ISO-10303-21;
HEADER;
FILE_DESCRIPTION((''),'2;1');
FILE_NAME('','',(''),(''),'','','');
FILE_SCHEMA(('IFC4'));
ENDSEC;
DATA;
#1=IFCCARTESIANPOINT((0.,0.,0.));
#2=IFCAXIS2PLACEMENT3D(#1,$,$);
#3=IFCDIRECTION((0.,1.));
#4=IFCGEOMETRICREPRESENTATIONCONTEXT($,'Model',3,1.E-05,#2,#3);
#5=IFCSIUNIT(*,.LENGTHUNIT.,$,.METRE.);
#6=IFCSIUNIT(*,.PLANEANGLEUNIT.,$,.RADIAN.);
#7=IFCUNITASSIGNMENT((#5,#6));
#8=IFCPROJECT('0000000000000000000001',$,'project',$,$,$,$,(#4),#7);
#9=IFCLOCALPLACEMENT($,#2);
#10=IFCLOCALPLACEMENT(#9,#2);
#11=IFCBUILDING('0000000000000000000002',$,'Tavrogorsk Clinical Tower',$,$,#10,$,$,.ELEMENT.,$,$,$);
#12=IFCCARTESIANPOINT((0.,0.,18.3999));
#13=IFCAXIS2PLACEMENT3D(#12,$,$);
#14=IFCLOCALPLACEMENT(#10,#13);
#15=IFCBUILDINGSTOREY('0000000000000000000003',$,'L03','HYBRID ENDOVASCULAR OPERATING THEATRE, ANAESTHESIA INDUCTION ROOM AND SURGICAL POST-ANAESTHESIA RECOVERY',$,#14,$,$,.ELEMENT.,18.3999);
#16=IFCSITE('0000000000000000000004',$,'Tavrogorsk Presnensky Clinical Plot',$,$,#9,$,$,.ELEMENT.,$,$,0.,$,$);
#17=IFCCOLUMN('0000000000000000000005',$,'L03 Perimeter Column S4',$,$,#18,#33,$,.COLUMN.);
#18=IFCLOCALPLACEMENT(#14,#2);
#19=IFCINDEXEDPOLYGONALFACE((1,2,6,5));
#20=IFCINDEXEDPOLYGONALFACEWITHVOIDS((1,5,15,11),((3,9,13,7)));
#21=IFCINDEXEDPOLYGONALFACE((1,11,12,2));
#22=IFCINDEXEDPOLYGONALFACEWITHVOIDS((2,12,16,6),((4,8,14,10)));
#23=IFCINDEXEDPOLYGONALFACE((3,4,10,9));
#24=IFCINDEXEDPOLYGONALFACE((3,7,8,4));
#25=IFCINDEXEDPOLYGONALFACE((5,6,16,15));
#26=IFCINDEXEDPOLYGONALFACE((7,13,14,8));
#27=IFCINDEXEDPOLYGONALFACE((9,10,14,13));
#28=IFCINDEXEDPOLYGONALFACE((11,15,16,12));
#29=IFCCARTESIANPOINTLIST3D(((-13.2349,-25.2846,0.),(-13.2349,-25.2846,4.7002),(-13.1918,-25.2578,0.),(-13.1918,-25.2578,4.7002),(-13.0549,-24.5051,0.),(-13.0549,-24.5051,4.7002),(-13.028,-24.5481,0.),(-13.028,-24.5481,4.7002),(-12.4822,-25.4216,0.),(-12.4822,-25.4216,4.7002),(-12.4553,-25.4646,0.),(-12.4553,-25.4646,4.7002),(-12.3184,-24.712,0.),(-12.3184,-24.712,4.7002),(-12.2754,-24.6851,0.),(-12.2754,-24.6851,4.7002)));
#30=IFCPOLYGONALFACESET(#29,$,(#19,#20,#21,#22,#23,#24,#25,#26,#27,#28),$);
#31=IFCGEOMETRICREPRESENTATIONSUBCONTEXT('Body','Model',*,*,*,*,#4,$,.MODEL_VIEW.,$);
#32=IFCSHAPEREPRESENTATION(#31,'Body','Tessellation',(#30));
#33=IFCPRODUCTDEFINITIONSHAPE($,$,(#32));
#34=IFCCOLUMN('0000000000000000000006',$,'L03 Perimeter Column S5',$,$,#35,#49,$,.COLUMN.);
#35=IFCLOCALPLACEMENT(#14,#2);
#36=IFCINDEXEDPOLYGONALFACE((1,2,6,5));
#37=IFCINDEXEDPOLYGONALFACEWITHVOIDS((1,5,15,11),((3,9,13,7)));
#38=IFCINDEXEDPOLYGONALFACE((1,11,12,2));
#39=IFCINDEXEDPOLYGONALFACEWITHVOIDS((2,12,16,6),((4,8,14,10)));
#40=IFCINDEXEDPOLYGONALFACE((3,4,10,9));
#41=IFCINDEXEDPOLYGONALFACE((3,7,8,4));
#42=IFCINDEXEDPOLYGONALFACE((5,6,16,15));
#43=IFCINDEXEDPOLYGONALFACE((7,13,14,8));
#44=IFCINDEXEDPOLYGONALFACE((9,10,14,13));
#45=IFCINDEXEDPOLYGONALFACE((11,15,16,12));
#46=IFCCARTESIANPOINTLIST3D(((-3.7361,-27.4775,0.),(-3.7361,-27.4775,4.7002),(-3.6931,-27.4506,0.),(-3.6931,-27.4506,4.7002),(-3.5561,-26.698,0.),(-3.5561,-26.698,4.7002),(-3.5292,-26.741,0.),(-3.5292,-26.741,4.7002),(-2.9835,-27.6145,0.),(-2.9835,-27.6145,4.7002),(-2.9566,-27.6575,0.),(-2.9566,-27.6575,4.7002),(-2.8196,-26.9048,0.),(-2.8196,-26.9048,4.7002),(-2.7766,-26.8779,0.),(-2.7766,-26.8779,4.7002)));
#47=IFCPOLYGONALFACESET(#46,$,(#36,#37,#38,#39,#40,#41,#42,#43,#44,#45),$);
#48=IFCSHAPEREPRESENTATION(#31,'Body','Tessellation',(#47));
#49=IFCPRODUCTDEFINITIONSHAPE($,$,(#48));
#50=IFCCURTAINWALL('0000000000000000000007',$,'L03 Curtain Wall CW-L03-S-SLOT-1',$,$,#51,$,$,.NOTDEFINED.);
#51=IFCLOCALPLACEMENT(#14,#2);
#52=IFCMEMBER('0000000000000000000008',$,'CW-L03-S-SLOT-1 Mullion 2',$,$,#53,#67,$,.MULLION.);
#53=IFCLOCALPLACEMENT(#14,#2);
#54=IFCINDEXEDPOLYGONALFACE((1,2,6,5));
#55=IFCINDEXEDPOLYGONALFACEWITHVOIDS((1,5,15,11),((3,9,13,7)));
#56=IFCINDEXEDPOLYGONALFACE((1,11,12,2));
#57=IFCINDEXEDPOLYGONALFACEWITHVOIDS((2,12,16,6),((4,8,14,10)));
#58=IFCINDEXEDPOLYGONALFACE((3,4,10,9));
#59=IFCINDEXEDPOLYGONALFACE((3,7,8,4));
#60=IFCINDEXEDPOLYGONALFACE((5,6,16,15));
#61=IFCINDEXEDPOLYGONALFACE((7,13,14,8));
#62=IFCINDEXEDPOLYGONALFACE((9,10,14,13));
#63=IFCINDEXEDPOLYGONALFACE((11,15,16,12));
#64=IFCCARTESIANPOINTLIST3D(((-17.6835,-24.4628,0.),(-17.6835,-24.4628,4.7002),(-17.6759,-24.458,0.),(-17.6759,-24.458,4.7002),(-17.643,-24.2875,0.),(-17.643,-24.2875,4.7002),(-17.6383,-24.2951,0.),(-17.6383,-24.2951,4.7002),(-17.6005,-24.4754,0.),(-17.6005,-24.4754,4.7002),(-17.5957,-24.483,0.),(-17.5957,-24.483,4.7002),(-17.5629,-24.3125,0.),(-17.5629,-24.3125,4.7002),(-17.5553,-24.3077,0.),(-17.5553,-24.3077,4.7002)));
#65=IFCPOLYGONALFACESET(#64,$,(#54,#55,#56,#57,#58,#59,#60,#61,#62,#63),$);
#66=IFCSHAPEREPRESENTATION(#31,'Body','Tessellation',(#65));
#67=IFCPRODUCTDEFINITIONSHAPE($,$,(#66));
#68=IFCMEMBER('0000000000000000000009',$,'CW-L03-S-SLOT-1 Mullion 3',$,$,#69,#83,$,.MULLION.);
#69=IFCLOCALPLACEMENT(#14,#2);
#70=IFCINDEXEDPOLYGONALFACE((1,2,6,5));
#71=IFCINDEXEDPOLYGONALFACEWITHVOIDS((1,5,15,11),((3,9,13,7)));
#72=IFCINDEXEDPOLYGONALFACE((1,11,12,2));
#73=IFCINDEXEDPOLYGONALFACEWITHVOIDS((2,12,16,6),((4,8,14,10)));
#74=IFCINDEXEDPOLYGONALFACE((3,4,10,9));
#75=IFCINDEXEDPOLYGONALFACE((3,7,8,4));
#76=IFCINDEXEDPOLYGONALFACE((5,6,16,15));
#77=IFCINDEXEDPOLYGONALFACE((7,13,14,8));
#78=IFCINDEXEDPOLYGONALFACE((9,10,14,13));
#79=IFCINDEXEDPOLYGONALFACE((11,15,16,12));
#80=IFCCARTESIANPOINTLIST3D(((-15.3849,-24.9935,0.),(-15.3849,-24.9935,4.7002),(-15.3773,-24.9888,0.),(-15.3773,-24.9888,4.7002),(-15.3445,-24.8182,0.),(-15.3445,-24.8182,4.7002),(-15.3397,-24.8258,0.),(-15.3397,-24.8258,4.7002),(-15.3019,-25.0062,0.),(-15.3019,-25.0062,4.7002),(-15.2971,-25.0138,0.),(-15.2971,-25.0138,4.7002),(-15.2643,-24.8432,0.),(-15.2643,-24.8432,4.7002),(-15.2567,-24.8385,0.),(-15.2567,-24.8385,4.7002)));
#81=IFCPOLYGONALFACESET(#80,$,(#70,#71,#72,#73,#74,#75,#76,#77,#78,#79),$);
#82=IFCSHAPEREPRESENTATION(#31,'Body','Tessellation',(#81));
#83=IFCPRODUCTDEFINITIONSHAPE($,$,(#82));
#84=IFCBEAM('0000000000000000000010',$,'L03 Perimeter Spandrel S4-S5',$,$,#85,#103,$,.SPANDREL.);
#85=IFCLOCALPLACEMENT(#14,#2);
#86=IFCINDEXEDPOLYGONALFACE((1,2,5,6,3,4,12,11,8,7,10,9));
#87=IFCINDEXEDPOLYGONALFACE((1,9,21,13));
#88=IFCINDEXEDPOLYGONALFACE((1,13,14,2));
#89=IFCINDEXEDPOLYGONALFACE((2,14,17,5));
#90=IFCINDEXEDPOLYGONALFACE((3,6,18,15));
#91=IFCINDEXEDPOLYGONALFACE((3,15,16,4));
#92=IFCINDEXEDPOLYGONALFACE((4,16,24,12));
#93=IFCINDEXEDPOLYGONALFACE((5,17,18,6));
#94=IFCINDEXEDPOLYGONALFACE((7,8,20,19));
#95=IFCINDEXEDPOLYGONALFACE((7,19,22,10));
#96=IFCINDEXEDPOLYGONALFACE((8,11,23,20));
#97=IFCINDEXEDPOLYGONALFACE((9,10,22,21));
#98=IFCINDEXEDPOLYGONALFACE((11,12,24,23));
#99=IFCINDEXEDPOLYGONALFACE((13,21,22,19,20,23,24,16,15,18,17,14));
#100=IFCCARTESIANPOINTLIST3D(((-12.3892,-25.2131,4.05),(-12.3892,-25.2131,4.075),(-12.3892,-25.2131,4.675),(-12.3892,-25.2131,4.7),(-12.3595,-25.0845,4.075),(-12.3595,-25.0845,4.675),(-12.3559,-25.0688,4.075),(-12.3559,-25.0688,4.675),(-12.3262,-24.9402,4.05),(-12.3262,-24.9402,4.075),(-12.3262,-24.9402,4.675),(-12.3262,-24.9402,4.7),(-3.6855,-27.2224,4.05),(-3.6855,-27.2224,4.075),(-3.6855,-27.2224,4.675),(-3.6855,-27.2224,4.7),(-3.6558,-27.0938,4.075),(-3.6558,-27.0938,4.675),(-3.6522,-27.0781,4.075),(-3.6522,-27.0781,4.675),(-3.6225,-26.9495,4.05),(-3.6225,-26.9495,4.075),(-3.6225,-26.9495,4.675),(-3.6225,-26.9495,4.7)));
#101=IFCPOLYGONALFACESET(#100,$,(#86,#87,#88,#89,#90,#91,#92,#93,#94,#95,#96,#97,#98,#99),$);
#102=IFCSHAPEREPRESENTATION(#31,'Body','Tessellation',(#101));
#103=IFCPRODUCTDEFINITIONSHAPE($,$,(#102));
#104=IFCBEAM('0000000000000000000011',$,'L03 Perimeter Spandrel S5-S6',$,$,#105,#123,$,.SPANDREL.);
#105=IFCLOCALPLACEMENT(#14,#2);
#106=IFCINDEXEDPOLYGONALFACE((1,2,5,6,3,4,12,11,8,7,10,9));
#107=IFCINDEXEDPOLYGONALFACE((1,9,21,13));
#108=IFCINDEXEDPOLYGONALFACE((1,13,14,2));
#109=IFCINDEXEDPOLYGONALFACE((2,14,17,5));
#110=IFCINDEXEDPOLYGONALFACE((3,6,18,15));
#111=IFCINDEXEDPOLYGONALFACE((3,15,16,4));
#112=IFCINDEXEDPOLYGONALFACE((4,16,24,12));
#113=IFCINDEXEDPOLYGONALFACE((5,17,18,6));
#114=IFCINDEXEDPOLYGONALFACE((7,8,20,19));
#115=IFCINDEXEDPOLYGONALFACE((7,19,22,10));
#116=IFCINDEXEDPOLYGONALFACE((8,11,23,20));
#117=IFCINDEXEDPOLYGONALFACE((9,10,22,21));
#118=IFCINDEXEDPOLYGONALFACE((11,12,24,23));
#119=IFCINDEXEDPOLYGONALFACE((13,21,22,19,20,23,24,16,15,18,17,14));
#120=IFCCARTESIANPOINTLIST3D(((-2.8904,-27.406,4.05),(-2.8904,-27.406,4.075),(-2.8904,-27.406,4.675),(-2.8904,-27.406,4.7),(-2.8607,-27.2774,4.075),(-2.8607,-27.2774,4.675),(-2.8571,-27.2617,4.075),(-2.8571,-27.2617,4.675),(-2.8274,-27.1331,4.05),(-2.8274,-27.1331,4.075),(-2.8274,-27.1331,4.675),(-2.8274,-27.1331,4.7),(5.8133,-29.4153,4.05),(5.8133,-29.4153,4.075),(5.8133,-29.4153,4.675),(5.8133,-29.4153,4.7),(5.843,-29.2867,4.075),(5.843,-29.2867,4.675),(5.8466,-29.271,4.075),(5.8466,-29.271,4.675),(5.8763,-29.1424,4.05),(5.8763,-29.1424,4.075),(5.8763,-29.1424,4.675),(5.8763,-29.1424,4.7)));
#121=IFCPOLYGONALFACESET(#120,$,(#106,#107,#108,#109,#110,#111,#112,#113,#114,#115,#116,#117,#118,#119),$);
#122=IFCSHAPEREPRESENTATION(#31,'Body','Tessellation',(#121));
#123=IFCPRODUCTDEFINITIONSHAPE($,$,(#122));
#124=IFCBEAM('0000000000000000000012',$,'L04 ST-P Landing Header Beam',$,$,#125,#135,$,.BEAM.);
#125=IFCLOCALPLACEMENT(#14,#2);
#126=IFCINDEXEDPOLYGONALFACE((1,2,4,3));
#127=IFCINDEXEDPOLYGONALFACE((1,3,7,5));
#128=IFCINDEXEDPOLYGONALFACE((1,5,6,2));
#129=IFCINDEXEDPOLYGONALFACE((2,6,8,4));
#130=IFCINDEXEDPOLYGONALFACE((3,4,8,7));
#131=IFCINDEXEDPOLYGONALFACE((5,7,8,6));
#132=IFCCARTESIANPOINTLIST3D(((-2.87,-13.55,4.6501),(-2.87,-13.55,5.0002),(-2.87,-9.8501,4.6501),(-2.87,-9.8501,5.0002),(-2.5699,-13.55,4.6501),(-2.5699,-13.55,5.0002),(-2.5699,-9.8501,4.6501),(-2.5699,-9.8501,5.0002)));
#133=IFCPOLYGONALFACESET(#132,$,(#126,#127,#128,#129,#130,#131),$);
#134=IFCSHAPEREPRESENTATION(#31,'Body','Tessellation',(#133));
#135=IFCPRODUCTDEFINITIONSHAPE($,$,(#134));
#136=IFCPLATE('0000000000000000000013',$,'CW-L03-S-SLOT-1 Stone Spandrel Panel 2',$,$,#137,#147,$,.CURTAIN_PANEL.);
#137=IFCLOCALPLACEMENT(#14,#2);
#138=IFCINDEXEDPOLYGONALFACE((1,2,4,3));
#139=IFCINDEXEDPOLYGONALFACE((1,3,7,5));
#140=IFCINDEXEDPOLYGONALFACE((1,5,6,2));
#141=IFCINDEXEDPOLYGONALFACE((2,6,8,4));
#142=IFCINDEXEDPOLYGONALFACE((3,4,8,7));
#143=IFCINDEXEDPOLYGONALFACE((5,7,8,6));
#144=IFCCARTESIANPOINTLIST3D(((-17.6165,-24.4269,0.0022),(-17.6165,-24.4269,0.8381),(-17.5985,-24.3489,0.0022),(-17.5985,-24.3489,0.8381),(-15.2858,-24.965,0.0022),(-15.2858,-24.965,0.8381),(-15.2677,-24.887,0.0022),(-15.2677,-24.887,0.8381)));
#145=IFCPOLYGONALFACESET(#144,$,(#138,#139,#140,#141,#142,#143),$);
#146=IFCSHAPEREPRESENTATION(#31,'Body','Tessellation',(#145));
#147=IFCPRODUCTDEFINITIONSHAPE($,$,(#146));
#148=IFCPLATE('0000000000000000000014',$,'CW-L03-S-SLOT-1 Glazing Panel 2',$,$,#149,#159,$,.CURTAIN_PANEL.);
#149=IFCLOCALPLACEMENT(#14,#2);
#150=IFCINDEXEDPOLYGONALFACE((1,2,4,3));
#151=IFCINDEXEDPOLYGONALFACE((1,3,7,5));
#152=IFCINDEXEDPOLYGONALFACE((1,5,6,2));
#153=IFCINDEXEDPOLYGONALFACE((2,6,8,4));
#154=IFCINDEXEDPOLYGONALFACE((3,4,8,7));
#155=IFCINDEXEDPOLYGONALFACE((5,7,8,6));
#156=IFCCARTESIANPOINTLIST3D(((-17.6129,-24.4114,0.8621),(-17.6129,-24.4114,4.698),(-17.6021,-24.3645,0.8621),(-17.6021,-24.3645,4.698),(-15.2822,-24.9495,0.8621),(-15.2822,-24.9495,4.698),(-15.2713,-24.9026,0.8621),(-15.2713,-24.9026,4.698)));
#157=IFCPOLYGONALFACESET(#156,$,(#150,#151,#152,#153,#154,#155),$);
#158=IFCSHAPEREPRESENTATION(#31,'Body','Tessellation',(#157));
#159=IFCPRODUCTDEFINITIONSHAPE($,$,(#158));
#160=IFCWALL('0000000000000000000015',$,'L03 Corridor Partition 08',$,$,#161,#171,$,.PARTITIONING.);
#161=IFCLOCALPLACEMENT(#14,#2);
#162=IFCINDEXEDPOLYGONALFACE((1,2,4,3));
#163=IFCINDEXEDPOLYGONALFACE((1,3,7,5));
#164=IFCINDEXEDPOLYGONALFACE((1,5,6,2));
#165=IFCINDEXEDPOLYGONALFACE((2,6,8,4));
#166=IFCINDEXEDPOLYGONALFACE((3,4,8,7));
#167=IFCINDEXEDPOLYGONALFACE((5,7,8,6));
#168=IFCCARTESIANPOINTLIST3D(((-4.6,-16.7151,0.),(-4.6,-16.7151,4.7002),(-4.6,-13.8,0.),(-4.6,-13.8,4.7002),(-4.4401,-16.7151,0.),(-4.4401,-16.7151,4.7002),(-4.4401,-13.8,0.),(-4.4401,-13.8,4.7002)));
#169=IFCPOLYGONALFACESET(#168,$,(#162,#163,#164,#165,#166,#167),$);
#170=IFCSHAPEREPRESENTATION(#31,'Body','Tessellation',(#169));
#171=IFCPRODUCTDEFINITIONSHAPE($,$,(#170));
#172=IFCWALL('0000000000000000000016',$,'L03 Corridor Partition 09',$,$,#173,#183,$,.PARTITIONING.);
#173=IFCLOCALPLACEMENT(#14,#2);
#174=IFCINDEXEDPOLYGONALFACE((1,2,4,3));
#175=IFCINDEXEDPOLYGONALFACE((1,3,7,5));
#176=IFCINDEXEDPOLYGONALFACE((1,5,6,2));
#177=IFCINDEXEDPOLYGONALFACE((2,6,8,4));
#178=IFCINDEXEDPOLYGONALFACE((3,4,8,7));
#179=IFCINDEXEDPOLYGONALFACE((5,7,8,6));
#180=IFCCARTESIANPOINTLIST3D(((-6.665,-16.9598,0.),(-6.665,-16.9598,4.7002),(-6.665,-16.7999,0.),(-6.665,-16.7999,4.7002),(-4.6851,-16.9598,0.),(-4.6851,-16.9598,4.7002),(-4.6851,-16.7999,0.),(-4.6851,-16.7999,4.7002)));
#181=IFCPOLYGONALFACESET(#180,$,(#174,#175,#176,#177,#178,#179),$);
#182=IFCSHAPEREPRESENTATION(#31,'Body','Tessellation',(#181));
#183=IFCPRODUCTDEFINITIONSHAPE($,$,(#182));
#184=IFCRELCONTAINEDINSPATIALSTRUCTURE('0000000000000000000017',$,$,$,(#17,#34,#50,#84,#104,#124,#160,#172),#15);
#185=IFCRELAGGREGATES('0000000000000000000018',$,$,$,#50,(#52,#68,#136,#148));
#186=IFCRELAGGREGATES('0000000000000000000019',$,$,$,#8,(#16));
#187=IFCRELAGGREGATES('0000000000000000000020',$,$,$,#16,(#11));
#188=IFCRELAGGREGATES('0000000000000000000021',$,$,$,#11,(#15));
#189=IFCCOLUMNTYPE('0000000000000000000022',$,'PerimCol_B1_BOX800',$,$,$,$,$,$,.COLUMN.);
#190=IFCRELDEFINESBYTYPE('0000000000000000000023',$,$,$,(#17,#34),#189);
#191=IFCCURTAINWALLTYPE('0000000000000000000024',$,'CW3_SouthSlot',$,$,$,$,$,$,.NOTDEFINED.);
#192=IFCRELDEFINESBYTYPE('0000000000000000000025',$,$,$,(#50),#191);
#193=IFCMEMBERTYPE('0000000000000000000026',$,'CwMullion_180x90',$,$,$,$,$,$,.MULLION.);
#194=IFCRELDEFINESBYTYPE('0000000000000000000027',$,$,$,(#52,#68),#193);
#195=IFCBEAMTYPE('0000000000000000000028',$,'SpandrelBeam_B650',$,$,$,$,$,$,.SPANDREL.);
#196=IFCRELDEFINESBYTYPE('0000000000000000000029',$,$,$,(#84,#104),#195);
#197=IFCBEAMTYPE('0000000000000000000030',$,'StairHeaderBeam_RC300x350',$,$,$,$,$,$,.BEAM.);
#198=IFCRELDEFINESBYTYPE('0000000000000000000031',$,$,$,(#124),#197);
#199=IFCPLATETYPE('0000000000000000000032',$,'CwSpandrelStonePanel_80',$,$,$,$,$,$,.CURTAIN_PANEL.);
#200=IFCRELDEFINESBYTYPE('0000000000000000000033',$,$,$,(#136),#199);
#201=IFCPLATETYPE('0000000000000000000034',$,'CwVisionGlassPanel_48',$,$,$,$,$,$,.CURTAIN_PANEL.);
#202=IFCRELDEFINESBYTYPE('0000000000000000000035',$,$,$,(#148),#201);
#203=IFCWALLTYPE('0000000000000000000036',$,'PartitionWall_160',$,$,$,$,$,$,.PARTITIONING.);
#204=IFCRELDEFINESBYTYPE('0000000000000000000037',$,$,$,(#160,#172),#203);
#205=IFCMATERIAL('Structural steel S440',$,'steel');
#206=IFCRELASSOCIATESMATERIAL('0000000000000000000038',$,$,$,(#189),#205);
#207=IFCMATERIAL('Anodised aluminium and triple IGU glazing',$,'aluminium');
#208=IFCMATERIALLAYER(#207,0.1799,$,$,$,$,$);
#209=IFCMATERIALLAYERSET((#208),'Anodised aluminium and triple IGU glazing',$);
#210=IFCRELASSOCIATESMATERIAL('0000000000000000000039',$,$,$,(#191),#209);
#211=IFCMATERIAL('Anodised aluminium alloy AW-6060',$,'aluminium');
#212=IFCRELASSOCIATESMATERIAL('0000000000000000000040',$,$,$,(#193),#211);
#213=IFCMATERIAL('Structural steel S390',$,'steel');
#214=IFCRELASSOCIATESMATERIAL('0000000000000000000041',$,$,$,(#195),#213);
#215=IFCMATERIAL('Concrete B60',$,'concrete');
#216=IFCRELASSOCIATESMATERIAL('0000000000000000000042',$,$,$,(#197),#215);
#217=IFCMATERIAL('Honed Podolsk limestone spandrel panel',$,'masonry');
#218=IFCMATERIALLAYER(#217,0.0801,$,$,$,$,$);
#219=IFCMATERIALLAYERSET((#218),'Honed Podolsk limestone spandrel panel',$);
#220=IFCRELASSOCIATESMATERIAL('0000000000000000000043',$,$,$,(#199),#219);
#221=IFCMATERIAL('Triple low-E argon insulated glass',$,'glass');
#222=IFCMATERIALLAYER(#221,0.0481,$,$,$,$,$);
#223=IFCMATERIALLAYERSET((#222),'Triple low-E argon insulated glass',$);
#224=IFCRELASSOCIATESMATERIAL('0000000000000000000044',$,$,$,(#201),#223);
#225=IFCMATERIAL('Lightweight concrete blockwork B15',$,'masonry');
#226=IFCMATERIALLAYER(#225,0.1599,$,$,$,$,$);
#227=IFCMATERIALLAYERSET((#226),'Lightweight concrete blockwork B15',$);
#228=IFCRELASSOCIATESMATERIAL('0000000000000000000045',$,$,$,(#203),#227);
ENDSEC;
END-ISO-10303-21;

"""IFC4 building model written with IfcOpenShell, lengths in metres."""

from ifc_helpers import new_model, si_unit, direction, frame, frame_2d, origin, origin_2d, place, context, subcontext, project, spatial, rectangle, hollow_rectangle, i_section, extrude, material, layer, layer_set, material_profile, profile_set, type_object, element, aggregate, save


model = new_model("IFC4")

# Units and contexts
model_context = context("Model", 3, precision=1e-05, world=origin(), true_north=direction((0.0, 1.0)))
body_context = subcontext(model_context, "Body", "Model", "MODEL_VIEW")
ifc_project = project(units=[si_unit("LENGTHUNIT", "METRE"), si_unit("PLANEANGLEUNIT", "RADIAN")], contexts=[model_context])

# Site, building, storey
site_placement = place(None, origin())
site = spatial("IfcSite", under=ifc_project, at=site_placement, Name="Tavrogorsk Presnensky Clinical Plot", CompositionType="ELEMENT", RefElevation=0.0)
building_placement = place(site_placement, origin())
building = spatial("IfcBuilding", under=site, at=building_placement, Name="Tavrogorsk Clinical Tower", CompositionType="ELEMENT")
storey_placement = place(building_placement, frame((0.0, 0.0, 18.3999)))
storey = spatial("IfcBuildingStorey", under=building, at=storey_placement, Name="L03", Description="HYBRID ENDOVASCULAR OPERATING THEATRE, ANAESTHESIA INDUCTION ROOM AND SURGICAL POST-ANAESTHESIA RECOVERY", CompositionType="ELEMENT", Elevation=18.3999)

# Columns
ifc_material_1 = material(Name="Structural steel S440", Category="steel")
ifc_material_profile_1 = material_profile(ifc_material_1, hollow_rectangle(XDim=0.8, YDim=0.8, WallThickness=0.0359, at=origin_2d()), Name="BOX-800x800x36")
ifc_profile_set_1 = profile_set([ifc_material_profile_1], Name="Structural steel S440")
column_type = type_object("IfcColumnType", Name="PerimCol_B1_BOX800", PredefinedType="COLUMN", material=ifc_profile_set_1)
for number, where, z_axis, x_axis, name in (
    (1, (-12.7551, -24.9849, 0.0), (0.0, 0.0, 1.0), (0.97437, -0.224951, 0.0), "L03 Perimeter Column S4"),
    (2, (-3.2563, -27.1777, 0.0), (0.0, 0.0, 1.0), (0.97437, -0.224951, 0.0), "L03 Perimeter Column S5"),
):
    element("IfcColumn", number, at=place(storey_placement, frame(where, z_axis=z_axis, x_axis=x_axis)), inside=storey, type_object=column_type, Name=name, PredefinedType="COLUMN", context=body_context, shape_type="SweptSolid", body=[
        extrude(hollow_rectangle(XDim=0.8, YDim=0.8, WallThickness=0.0359, at=origin_2d()), origin(), (0.0, 0.0, 1.0), 4.7002),
    ])

# Curtain wall, members
ifc_material_2 = material(Name="Anodised aluminium and triple IGU glazing", Category="aluminium")
ifc_layer_1 = layer(ifc_material_2, 0.1799)
ifc_layer_set_1 = layer_set([ifc_layer_1], Name="Anodised aluminium and triple IGU glazing")
curtain_wall_type = type_object("IfcCurtainWallType", Name="CW3_SouthSlot", PredefinedType="NOTDEFINED", material=ifc_layer_set_1)
curtain_wall_placement = place(storey_placement, origin())
curtain_wall = element("IfcCurtainWall", 3, at=curtain_wall_placement, inside=storey, type_object=curtain_wall_type, Name="L03 Curtain Wall CW-L03-S-SLOT-1", PredefinedType="NOTDEFINED")
ifc_material_3 = material(Name="Anodised aluminium alloy AW-6060", Category="aluminium")
ifc_material_profile_2 = material_profile(ifc_material_3, hollow_rectangle(XDim=0.0901, YDim=0.1799, WallThickness=0.0063, at=origin_2d()), Name="RHS-180x90x6.3")
ifc_profile_set_2 = profile_set([ifc_material_profile_2], Name="Anodised aluminium alloy AW-6060")
member_type = type_object("IfcMemberType", Name="CwMullion_180x90", PredefinedType="MULLION", material=ifc_profile_set_2)
member_1_placement = place(storey_placement, frame((-17.6194, -24.3853, 0.0), z_axis=(0.0, 0.0, 1.0), x_axis=(0.97437, -0.224951, 0.0)))
member_1 = element("IfcMember", 4, at=member_1_placement, type_object=member_type, Name="CW-L03-S-SLOT-1 Mullion 2", PredefinedType="MULLION", context=body_context, shape_type="SweptSolid", body=[
    extrude(hollow_rectangle(XDim=0.0901, YDim=0.1799, WallThickness=0.0063, at=origin_2d()), origin(), (0.0, 0.0, 1.0), 4.7002),
])
member_2_placement = place(storey_placement, frame((-15.3208, -24.916, 0.0), z_axis=(0.0, 0.0, 1.0), x_axis=(0.97437, -0.224951, 0.0)))
member_2 = element("IfcMember", 5, at=member_2_placement, type_object=member_type, Name="CW-L03-S-SLOT-1 Mullion 3", PredefinedType="MULLION", context=body_context, shape_type="SweptSolid", body=[
    extrude(hollow_rectangle(XDim=0.0901, YDim=0.1799, WallThickness=0.0063, at=origin_2d()), origin(), (0.0, 0.0, 1.0), 4.7002),
])

# Beams
ifc_material_4 = material(Name="Structural steel S390", Category="steel")
ifc_material_profile_3 = material_profile(ifc_material_4, i_section(OverallWidth=0.28, OverallDepth=0.6499, WebThickness=0.0161, FlangeThickness=0.0249, at=origin_2d()), Name="B-650x280x16x25")
ifc_profile_set_3 = profile_set([ifc_material_profile_3], Name="Structural steel S390")
beam_type_1 = type_object("IfcBeamType", Name="SpandrelBeam_B650", PredefinedType="SPANDREL", material=ifc_profile_set_3)
for number, where, z_axis, x_axis, name in (
    (6, (-12.3577, -25.0767, 4.375), (0.974373, -0.224939, 0.0), (0.224939, 0.974373, 0.0), "L03 Perimeter Spandrel S4-S5"),
    (7, (-2.8589, -27.2695, 4.375), (0.974373, -0.224939, 0.0), (0.224939, 0.974373, 0.0), "L03 Perimeter Spandrel S5-S6"),
):
    element("IfcBeam", number, at=place(storey_placement, frame(where, z_axis=z_axis, x_axis=x_axis)), inside=storey, type_object=beam_type_1, Name=name, PredefinedType="SPANDREL", context=body_context, shape_type="SweptSolid", body=[
        extrude(i_section(OverallWidth=0.28, OverallDepth=0.6499, WebThickness=0.0161, FlangeThickness=0.0249, at=origin_2d()), origin(), (0.0, 0.0, 1.0), 8.9326),
    ])
ifc_material_5 = material(Name="Concrete B60", Category="concrete")
ifc_material_profile_4 = material_profile(ifc_material_5, rectangle(XDim=0.3, YDim=0.3501, at=origin_2d()), Name="RC-SHB-300x350")
ifc_profile_set_4 = profile_set([ifc_material_profile_4], Name="Concrete B60")
beam_type_2 = type_object("IfcBeamType", Name="StairHeaderBeam_RC300x350", PredefinedType="BEAM", material=ifc_profile_set_4)
beam_placement = place(storey_placement, frame((-2.72, -13.55, 4.8252), z_axis=(0.0, 1.0, 0.0), x_axis=(-1.0, 0.0, 0.0)))
element("IfcBeam", 8, at=beam_placement, inside=storey, type_object=beam_type_2, Name="L04 ST-P Landing Header Beam", PredefinedType="BEAM", context=body_context, shape_type="SweptSolid", body=[
    extrude(rectangle(XDim=0.3, YDim=0.3501, at=origin_2d()), origin(), (0.0, 0.0, 1.0), 3.7),
])

# Plates
ifc_material_6 = material(Name="Honed Podolsk limestone spandrel panel", Category="masonry")
ifc_layer_2 = layer(ifc_material_6, 0.0801)
ifc_layer_set_2 = layer_set([ifc_layer_2], Name="Honed Podolsk limestone spandrel panel")
plate_type_1 = type_object("IfcPlateType", Name="CwSpandrelStonePanel_80", PredefinedType="CURTAIN_PANEL", material=ifc_layer_set_2)
plate_1_placement = place(storey_placement, frame((-16.4421, -24.657, 0.0022), z_axis=(0.0, 0.0, 1.0), x_axis=(0.97437, -0.224951, 0.0)))
plate_1 = element("IfcPlate", 9, at=plate_1_placement, type_object=plate_type_1, Name="CW-L03-S-SLOT-1 Stone Spandrel Panel 2", PredefinedType="CURTAIN_PANEL", context=body_context, shape_type="SweptSolid", body=[
    extrude(rectangle(XDim=2.3921, YDim=0.0801, at=origin_2d()), origin(), (0.0, 0.0, 1.0), 0.8359),
])
ifc_material_7 = material(Name="Triple low-E argon insulated glass", Category="glass")
ifc_layer_3 = layer(ifc_material_7, 0.0481)
ifc_layer_set_3 = layer_set([ifc_layer_3], Name="Triple low-E argon insulated glass")
plate_type_2 = type_object("IfcPlateType", Name="CwVisionGlassPanel_48", PredefinedType="CURTAIN_PANEL", material=ifc_layer_set_3)
plate_2_placement = place(storey_placement, frame((-16.4421, -24.657, 0.8621), z_axis=(0.0, 0.0, 1.0), x_axis=(0.97437, -0.224951, 0.0)))
plate_2 = element("IfcPlate", 10, at=plate_2_placement, type_object=plate_type_2, Name="CW-L03-S-SLOT-1 Glazing Panel 2", PredefinedType="CURTAIN_PANEL", context=body_context, shape_type="SweptSolid", body=[
    extrude(rectangle(XDim=2.3921, YDim=0.0481, at=origin_2d()), origin(), (0.0, 0.0, 1.0), 3.8359),
])
aggregate(curtain_wall, [member_1, member_2, plate_1, plate_2])

# Walls
ifc_material_8 = material(Name="Lightweight concrete blockwork B15", Category="masonry")
ifc_layer_4 = layer(ifc_material_8, 0.1599)
ifc_layer_set_4 = layer_set([ifc_layer_4], Name="Lightweight concrete blockwork B15")
wall_type_1 = type_object("IfcWallType", Name="PartitionWall_160", PredefinedType="PARTITIONING", material=ifc_layer_set_4)
wall_1_placement = place(storey_placement, frame((-4.52, -13.8, 0.0), z_axis=(0.0, 0.0, 1.0), x_axis=(0.0, -1.0, 0.0)))
element("IfcWall", 11, at=wall_1_placement, inside=storey, type_object=wall_type_1, Name="L03 Corridor Partition 08", PredefinedType="PARTITIONING", context=body_context, shape_type="SweptSolid", body=[
    extrude(rectangle(XDim=2.915, YDim=0.1599, at=frame_2d((1.4575, 0.0))), origin(), (0.0, 0.0, 1.0), 4.7002),
])
wall_2_placement = place(storey_placement, frame((-4.6851, -16.8799, 0.0), z_axis=(0.0, 0.0, 1.0), x_axis=(-1.0, 0.0, 0.0)))
element("IfcWall", 12, at=wall_2_placement, inside=storey, type_object=wall_type_1, Name="L03 Corridor Partition 09", PredefinedType="PARTITIONING", context=body_context, shape_type="SweptSolid", body=[
    extrude(rectangle(XDim=1.98, YDim=0.1599, at=frame_2d((0.99, 0.0))), origin(), (0.0, 0.0, 1.0), 4.7002),
])

save(model, "model.ifc")
